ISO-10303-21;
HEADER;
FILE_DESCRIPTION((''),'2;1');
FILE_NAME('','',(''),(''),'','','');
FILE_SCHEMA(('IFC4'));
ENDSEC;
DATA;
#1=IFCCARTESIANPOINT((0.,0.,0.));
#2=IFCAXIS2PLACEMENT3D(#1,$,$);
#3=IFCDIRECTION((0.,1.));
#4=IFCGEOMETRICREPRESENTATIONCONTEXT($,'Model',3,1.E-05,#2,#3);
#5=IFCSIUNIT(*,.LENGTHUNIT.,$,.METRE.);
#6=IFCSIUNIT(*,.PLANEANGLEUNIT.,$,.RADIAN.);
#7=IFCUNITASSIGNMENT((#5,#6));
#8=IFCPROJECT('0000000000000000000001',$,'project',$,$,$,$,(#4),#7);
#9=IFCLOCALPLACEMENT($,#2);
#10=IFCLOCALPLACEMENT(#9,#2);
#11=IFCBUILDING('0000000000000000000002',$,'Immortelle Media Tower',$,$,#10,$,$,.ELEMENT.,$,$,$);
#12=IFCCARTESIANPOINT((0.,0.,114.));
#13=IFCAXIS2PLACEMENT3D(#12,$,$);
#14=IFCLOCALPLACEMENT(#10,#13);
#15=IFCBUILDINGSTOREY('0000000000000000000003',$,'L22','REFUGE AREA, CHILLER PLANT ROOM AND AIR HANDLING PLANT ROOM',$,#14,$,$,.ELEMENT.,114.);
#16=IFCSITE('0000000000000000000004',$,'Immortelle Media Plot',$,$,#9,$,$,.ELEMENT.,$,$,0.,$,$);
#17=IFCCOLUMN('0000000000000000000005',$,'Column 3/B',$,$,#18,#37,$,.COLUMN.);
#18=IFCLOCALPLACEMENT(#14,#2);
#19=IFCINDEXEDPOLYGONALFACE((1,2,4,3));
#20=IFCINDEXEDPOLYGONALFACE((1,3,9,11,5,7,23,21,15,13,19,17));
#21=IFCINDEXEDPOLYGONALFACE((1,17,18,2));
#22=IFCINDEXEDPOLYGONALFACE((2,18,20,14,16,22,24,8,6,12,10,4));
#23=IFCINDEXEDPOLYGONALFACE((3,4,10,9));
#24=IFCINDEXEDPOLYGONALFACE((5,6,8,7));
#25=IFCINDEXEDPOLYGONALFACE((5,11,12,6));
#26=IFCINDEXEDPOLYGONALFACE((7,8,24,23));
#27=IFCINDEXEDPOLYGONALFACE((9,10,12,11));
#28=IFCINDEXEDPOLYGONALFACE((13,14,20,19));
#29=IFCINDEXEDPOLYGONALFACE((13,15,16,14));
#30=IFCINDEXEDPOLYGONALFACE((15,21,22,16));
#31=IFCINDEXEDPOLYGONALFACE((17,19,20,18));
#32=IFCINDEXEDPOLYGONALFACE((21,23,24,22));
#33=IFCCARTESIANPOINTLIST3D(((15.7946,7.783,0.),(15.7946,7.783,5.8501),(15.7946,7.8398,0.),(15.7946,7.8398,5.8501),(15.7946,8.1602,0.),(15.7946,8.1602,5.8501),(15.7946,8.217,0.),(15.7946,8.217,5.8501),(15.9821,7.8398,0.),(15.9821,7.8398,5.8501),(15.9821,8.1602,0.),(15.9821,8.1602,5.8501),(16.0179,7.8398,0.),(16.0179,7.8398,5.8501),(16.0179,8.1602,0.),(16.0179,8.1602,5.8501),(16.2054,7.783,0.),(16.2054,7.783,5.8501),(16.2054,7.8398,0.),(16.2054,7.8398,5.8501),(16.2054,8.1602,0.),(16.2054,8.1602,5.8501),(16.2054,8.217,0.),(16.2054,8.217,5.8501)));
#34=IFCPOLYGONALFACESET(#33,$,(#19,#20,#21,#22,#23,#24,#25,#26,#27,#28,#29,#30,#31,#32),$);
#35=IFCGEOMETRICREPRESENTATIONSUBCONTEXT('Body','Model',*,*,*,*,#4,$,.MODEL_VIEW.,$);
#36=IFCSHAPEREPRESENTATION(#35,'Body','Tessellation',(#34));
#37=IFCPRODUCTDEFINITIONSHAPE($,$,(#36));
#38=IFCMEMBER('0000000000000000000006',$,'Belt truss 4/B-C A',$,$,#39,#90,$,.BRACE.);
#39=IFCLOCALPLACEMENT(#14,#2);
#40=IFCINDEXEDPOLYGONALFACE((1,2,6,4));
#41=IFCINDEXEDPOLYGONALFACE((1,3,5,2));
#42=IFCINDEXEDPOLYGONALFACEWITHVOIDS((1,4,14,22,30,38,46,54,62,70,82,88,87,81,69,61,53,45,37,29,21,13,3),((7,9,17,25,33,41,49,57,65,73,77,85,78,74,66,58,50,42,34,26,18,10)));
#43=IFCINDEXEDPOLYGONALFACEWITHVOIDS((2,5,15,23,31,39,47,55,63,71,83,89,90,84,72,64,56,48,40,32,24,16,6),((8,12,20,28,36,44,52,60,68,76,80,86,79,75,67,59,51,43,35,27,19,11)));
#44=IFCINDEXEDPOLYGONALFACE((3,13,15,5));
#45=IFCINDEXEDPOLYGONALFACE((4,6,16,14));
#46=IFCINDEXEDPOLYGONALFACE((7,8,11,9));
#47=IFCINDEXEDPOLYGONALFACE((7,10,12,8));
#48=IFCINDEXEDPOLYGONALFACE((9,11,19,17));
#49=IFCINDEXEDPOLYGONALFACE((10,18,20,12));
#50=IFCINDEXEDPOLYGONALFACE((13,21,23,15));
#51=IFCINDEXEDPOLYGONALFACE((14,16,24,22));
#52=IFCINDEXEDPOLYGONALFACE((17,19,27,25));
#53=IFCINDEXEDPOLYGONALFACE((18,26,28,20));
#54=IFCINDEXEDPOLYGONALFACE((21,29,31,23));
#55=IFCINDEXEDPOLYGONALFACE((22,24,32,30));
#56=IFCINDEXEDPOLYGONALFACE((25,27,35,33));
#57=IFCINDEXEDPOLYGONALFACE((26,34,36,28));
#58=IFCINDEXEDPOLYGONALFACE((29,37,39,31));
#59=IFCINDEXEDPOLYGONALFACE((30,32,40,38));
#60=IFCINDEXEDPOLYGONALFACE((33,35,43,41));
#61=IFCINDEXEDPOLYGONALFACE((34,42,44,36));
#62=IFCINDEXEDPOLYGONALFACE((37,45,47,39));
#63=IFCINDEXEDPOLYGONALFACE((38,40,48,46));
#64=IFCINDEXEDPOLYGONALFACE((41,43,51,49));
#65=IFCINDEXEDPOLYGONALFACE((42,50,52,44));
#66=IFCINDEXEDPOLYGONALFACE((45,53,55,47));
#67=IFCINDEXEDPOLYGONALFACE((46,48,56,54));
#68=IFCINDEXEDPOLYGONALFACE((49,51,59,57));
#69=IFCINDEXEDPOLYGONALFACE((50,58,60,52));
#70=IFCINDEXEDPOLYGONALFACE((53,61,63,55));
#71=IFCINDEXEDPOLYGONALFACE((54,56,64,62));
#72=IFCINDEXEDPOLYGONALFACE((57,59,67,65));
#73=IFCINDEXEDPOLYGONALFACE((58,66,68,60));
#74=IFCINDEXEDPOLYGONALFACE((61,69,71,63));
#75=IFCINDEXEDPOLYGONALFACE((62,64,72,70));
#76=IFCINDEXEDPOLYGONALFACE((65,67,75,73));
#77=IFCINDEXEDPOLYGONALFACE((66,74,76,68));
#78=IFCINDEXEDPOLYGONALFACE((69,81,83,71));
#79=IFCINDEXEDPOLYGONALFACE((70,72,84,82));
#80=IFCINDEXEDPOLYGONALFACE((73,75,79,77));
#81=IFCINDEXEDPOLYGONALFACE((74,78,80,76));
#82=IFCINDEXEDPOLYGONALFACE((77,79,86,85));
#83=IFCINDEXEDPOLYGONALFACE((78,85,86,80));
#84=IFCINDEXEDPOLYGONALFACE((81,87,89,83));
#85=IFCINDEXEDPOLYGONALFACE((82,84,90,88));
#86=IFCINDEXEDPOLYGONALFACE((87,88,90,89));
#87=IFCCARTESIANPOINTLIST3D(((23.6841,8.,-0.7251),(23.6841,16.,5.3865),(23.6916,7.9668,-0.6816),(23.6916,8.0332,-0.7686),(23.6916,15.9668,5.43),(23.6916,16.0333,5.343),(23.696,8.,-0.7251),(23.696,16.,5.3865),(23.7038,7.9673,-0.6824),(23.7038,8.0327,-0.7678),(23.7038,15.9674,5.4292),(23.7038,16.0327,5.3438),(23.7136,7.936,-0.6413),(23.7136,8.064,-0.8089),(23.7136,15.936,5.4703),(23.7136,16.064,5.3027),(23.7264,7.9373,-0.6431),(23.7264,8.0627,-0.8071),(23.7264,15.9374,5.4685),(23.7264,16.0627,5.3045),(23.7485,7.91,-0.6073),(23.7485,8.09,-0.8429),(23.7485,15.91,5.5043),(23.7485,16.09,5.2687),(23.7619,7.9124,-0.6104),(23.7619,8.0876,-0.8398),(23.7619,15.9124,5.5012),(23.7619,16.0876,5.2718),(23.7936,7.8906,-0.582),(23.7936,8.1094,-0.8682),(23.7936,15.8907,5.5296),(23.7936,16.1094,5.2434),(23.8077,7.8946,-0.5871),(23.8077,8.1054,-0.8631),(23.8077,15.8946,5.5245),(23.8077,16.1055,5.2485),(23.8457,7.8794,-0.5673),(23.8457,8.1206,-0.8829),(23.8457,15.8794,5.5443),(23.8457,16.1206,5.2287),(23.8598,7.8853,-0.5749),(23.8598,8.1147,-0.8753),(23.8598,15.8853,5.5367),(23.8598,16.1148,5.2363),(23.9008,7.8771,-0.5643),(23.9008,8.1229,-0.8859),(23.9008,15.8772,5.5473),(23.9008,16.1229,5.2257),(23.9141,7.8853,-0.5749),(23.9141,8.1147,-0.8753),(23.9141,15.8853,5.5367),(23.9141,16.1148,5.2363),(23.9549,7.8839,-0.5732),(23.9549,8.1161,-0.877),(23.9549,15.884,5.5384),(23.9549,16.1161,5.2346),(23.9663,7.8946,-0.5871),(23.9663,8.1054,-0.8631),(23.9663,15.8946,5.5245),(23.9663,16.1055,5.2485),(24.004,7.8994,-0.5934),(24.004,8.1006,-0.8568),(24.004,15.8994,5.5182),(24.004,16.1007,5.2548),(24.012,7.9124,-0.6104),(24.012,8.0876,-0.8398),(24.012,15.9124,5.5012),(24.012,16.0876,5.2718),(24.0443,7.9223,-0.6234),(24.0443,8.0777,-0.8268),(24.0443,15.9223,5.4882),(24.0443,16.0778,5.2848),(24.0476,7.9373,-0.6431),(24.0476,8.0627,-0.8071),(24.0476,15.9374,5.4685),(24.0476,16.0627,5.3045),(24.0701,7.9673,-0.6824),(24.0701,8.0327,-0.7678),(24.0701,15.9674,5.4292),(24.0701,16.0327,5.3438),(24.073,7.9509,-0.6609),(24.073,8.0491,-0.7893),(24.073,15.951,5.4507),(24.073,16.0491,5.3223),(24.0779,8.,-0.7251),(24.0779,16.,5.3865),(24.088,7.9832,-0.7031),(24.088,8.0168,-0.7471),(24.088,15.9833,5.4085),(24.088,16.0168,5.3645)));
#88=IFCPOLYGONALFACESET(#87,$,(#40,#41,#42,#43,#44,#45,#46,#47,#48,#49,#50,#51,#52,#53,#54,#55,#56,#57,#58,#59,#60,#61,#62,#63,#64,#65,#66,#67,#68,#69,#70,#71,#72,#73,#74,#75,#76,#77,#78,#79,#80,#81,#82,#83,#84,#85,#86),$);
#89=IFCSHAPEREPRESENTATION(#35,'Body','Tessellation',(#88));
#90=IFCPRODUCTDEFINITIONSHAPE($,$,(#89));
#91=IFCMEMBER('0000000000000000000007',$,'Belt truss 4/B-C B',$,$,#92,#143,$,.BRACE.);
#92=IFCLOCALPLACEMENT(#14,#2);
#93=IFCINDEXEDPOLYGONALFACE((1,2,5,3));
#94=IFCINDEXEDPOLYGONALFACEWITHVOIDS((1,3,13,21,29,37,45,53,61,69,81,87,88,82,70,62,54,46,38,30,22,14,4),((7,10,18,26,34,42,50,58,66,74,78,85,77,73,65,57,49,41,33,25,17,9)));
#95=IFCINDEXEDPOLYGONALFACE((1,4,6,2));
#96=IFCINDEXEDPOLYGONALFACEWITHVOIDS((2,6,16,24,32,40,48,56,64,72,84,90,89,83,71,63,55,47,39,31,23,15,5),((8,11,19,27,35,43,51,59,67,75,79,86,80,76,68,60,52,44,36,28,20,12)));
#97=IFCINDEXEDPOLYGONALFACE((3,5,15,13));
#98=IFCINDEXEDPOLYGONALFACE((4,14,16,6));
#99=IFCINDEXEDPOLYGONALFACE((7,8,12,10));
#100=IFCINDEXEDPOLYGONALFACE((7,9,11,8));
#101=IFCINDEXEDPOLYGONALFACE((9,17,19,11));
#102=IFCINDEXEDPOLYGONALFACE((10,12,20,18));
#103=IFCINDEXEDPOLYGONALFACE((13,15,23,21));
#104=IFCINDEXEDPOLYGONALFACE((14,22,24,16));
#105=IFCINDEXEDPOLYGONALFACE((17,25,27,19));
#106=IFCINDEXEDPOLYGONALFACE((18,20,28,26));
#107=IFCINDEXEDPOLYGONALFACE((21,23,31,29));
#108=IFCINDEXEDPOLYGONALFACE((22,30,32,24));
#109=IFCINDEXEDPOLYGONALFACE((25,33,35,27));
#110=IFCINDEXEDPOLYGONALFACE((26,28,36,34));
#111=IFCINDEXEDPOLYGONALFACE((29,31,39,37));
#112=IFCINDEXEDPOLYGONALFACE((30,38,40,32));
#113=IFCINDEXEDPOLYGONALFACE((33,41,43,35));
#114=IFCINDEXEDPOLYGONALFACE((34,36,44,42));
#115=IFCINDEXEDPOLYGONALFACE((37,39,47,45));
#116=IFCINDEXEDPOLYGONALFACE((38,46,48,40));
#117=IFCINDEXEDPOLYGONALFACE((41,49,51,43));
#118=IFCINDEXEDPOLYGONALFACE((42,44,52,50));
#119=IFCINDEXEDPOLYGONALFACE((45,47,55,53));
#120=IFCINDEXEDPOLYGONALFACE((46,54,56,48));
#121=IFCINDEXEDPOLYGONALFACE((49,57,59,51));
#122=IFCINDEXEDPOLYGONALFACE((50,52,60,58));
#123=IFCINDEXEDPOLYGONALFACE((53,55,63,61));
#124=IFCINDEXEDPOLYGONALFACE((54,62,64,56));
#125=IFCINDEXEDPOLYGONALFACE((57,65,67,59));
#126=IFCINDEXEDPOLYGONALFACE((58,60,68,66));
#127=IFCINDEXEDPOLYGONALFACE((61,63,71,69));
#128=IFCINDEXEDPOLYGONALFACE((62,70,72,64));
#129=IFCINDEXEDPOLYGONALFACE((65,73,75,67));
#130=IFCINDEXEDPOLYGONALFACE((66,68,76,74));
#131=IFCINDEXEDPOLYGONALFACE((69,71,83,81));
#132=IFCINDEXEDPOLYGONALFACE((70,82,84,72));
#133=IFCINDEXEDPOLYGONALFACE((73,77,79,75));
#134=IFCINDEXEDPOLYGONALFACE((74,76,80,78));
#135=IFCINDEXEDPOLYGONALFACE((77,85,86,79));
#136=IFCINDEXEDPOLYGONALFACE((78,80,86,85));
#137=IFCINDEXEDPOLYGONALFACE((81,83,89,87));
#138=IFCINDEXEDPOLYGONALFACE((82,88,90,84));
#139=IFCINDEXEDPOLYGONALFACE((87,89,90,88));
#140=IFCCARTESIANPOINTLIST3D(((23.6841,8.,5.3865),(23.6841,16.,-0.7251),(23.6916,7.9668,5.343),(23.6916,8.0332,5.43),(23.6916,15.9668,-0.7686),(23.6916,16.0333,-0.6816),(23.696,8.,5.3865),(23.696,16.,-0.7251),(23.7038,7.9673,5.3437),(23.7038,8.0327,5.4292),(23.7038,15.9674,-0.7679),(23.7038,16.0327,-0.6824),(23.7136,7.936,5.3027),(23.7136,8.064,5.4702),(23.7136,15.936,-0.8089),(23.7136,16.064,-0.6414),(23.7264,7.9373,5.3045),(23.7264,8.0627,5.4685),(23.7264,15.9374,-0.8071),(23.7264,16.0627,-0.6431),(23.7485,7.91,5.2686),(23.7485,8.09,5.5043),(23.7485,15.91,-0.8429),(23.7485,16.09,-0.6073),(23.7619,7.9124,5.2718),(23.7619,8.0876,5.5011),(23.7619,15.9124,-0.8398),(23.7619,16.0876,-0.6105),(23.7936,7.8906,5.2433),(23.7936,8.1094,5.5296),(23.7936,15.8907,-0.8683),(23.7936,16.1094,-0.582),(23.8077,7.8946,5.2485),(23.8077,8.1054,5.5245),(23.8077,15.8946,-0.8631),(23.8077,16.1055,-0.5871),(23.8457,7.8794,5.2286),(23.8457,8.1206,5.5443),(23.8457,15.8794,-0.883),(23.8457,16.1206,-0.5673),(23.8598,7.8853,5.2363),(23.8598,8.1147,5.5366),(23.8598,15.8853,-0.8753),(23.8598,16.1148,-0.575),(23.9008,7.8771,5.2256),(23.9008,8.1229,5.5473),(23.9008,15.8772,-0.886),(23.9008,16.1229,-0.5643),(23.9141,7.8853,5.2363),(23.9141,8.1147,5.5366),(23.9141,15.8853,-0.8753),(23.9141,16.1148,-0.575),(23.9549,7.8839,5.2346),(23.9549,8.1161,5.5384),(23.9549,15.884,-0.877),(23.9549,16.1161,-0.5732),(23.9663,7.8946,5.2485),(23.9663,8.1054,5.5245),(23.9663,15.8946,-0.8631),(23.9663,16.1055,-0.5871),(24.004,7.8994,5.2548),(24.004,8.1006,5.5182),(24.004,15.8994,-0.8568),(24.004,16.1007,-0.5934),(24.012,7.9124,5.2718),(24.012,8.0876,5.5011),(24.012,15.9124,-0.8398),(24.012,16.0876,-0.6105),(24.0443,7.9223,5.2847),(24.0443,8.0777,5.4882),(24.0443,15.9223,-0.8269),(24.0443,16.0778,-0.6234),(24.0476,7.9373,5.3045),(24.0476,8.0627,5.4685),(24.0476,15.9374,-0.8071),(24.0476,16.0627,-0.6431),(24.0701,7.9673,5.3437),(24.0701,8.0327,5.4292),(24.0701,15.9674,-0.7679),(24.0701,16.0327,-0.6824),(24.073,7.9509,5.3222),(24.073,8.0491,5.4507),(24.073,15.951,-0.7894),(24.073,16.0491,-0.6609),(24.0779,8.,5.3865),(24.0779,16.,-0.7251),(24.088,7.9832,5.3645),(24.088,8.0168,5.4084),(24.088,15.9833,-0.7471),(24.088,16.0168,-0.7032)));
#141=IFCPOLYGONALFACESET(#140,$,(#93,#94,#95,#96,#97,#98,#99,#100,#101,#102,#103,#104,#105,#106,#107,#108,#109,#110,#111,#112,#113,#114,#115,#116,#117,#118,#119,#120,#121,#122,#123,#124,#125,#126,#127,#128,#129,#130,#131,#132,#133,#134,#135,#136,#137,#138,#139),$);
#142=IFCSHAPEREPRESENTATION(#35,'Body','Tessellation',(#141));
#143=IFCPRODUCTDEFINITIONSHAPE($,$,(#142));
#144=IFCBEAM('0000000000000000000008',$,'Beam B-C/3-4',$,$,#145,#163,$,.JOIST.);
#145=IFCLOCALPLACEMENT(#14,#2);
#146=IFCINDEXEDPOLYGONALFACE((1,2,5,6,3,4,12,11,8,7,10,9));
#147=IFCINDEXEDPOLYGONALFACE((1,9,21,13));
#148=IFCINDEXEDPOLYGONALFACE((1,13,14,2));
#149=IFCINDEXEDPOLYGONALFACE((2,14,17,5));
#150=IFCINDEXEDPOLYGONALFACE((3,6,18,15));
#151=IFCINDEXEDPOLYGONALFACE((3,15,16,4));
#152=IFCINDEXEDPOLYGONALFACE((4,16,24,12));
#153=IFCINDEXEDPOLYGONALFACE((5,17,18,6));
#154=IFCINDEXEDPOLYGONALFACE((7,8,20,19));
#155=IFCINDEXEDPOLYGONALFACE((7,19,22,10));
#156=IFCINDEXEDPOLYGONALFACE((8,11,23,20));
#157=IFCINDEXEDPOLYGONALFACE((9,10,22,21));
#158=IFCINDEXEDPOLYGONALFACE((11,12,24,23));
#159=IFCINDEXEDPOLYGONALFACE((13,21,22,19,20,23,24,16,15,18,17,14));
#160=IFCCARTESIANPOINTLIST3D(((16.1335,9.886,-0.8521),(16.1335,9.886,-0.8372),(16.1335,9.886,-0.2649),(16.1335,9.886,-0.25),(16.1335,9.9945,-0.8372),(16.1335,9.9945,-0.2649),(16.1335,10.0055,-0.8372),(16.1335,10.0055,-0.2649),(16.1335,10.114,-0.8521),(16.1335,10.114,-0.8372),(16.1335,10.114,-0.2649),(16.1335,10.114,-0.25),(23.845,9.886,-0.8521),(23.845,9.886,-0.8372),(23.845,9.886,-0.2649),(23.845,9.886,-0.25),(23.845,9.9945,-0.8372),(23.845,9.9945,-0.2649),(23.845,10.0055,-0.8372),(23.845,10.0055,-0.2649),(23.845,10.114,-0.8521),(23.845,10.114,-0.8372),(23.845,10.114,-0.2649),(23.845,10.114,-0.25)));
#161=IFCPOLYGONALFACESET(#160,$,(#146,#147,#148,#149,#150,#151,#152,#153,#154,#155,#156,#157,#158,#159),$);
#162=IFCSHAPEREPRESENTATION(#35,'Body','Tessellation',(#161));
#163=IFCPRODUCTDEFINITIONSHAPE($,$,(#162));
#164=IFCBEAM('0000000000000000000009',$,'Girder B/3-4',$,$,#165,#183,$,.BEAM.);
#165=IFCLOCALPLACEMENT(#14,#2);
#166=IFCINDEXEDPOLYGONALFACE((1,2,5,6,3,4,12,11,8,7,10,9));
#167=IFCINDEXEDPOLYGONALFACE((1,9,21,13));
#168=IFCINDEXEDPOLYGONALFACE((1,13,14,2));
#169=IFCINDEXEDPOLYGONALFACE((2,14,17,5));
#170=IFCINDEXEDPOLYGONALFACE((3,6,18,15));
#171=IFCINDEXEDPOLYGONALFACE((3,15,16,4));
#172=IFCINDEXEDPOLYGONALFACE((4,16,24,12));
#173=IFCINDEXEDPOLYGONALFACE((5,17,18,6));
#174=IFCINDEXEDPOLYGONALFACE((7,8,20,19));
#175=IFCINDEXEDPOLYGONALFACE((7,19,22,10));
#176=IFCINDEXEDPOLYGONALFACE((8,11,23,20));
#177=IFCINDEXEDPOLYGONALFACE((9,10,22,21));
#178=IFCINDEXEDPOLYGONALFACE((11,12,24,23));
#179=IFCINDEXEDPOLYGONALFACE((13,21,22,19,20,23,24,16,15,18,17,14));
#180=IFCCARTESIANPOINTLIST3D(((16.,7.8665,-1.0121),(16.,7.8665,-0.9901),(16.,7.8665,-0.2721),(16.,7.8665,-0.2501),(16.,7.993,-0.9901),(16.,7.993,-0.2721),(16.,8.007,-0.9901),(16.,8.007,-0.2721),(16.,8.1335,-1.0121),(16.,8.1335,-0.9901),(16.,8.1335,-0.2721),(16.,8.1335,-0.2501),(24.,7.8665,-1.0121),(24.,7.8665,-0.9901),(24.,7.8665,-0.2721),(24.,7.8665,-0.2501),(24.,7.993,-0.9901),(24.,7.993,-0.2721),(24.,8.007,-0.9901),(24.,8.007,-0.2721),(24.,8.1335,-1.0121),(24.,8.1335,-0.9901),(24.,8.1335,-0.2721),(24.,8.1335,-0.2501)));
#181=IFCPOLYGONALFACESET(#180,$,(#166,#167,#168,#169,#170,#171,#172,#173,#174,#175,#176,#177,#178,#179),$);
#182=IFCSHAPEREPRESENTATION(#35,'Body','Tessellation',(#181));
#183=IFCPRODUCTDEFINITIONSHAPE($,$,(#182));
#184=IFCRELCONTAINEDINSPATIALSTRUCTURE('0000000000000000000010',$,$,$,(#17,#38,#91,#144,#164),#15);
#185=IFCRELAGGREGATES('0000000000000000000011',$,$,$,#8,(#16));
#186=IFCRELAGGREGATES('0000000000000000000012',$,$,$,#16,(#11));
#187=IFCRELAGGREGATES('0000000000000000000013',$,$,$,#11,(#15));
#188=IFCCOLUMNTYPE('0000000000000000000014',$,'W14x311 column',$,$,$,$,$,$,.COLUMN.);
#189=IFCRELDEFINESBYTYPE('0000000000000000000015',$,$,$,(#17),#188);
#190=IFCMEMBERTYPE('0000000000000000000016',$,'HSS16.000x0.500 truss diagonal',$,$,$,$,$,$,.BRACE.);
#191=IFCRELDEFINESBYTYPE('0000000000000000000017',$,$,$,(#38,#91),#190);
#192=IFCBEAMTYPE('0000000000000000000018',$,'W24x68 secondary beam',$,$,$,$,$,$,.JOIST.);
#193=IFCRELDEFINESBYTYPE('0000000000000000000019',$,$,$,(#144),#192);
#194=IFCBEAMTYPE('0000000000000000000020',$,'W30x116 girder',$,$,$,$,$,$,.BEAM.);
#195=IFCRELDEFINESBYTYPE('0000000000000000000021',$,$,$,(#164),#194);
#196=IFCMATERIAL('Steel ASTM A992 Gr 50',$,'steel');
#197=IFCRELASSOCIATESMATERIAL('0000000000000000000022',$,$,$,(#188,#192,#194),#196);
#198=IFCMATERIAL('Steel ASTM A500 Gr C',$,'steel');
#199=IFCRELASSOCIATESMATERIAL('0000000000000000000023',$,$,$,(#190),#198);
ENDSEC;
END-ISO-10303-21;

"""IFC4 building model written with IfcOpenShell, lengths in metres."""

from ifc_helpers import new_model, si_unit, direction, frame, origin, origin_2d, place, context, subcontext, project, spatial, hollow_circle, i_section, extrude, material, material_profile, profile_set, type_object, element, save


model = new_model("IFC4")

# Units and contexts
model_context = context("Model", 3, precision=1e-05, world=origin(), true_north=direction((0.0, 1.0)))
body_context = subcontext(model_context, "Body", "Model", "MODEL_VIEW")
ifc_project = project(units=[si_unit("LENGTHUNIT", "METRE"), si_unit("PLANEANGLEUNIT", "RADIAN")], contexts=[model_context])

# Site, building, storey
site_placement = place(None, origin())
site = spatial("IfcSite", under=ifc_project, at=site_placement, Name="Immortelle Media Plot", CompositionType="ELEMENT", RefElevation=0.0)
building_placement = place(site_placement, origin())
building = spatial("IfcBuilding", under=site, at=building_placement, Name="Immortelle Media Tower", CompositionType="ELEMENT")
storey_placement = place(building_placement, frame((0.0, 0.0, 114.0)))
storey = spatial("IfcBuildingStorey", under=building, at=storey_placement, Name="L22", Description="REFUGE AREA, CHILLER PLANT ROOM AND AIR HANDLING PLANT ROOM", CompositionType="ELEMENT", Elevation=114.0)

# Column
ifc_material_1 = material(Name="Steel ASTM A992 Gr 50", Category="steel")
ifc_material_profile_1 = material_profile(ifc_material_1, i_section(OverallWidth=0.4109, OverallDepth=0.4341, WebThickness=0.0359, FlangeThickness=0.0569, at=origin_2d()), Name="W14x311")
ifc_profile_set_1 = profile_set([ifc_material_profile_1], Name="Steel ASTM A992 Gr 50")
column_type = type_object("IfcColumnType", Name="W14x311 column", PredefinedType="COLUMN", material=ifc_profile_set_1)
column_placement = place(storey_placement, frame((16.0, 8.0, 0.0), z_axis=(0.0, 0.0, 1.0), x_axis=(1.0, 0.0, 0.0)))
element("IfcColumn", 1, at=column_placement, inside=storey, type_object=column_type, Name="Column 3/B", PredefinedType="COLUMN", context=body_context, shape_type="SweptSolid", body=[
    extrude(i_section(OverallWidth=0.4109, OverallDepth=0.4341, WebThickness=0.0359, FlangeThickness=0.0569, at=origin_2d()), origin(), (0.0, 0.0, 1.0), 5.8501),
])

# Members
ifc_material_2 = material(Name="Steel ASTM A500 Gr C", Category="steel")
ifc_material_profile_2 = material_profile(ifc_material_2, hollow_circle(Radius=0.2029, WallThickness=0.012, at=origin_2d()), Name="HSS16.000x0.500 truss diagonal")
ifc_profile_set_2 = profile_set([ifc_material_profile_2], Name="Steel ASTM A500 Gr C")
member_type = type_object("IfcMemberType", Name="HSS16.000x0.500 truss diagonal", PredefinedType="BRACE", material=ifc_profile_set_2)
for number, where, z_axis, x_axis, name in (
    (2, (23.887, 8.0, -0.7251), (0.0, 0.794649, 0.607069), (-1.0, 0.0, 0.0), "Belt truss 4/B-C A"),
    (3, (23.887, 8.0, 5.3865), (0.0, 0.794649, -0.607069), (-1.0, 0.0, 0.0), "Belt truss 4/B-C B"),
):
    element("IfcMember", number, at=place(storey_placement, frame(where, z_axis=z_axis, x_axis=x_axis)), inside=storey, type_object=member_type, Name=name, PredefinedType="BRACE", context=body_context, shape_type="SweptSolid", body=[
        extrude(hollow_circle(Radius=0.2029, WallThickness=0.012, at=origin_2d()), origin(), (0.0, 0.0, 1.0), 10.0674),
    ])

# Beams
ifc_material_profile_3 = material_profile(ifc_material_1, i_section(OverallWidth=0.228, OverallDepth=0.6021, WebThickness=0.011, FlangeThickness=0.0149, at=origin_2d()), Name="W24x68")
ifc_profile_set_3 = profile_set([ifc_material_profile_3], Name="Steel ASTM A992 Gr 50")
beam_type_1 = type_object("IfcBeamType", Name="W24x68 secondary beam", PredefinedType="JOIST", material=ifc_profile_set_3)
beam_placement = place(storey_placement, frame((16.1335, 10.0, -0.551), z_axis=(1.0, 0.0, 0.0), x_axis=(0.0, 1.0, 0.0)))
element("IfcBeam", 4, at=beam_placement, inside=storey, type_object=beam_type_1, Name="Beam B-C/3-4", PredefinedType="JOIST", context=body_context, shape_type="SweptSolid", body=[
    extrude(i_section(OverallWidth=0.228, OverallDepth=0.6021, WebThickness=0.011, FlangeThickness=0.0149, at=origin_2d()), origin(), (0.0, 0.0, 1.0), 7.7114),
])
ifc_material_profile_4 = material_profile(ifc_material_1, i_section(OverallWidth=0.2671, OverallDepth=0.762, WebThickness=0.0139, FlangeThickness=0.022, at=origin_2d()), Name="W30x116")
ifc_profile_set_4 = profile_set([ifc_material_profile_4], Name="Steel ASTM A992 Gr 50")
beam_type_2 = type_object("IfcBeamType", Name="W30x116 girder", PredefinedType="BEAM", material=ifc_profile_set_4)
for number, where, z_axis, x_axis, name in (
    (5, (16.0, 8.0, -0.6311), (1.0, 0.0, 0.0), (0.0, 1.0, 0.0), "Girder B/3-4"),
):
    element("IfcBeam", number, at=place(storey_placement, frame(where, z_axis=z_axis, x_axis=x_axis)), inside=storey, type_object=beam_type_2, Name=name, PredefinedType="BEAM", context=body_context, shape_type="SweptSolid", body=[
        extrude(i_section(OverallWidth=0.2671, OverallDepth=0.762, WebThickness=0.0139, FlangeThickness=0.022, at=origin_2d()), origin(), (0.0, 0.0, 1.0), 8.0),
    ])

save(model, "model.ifc")
